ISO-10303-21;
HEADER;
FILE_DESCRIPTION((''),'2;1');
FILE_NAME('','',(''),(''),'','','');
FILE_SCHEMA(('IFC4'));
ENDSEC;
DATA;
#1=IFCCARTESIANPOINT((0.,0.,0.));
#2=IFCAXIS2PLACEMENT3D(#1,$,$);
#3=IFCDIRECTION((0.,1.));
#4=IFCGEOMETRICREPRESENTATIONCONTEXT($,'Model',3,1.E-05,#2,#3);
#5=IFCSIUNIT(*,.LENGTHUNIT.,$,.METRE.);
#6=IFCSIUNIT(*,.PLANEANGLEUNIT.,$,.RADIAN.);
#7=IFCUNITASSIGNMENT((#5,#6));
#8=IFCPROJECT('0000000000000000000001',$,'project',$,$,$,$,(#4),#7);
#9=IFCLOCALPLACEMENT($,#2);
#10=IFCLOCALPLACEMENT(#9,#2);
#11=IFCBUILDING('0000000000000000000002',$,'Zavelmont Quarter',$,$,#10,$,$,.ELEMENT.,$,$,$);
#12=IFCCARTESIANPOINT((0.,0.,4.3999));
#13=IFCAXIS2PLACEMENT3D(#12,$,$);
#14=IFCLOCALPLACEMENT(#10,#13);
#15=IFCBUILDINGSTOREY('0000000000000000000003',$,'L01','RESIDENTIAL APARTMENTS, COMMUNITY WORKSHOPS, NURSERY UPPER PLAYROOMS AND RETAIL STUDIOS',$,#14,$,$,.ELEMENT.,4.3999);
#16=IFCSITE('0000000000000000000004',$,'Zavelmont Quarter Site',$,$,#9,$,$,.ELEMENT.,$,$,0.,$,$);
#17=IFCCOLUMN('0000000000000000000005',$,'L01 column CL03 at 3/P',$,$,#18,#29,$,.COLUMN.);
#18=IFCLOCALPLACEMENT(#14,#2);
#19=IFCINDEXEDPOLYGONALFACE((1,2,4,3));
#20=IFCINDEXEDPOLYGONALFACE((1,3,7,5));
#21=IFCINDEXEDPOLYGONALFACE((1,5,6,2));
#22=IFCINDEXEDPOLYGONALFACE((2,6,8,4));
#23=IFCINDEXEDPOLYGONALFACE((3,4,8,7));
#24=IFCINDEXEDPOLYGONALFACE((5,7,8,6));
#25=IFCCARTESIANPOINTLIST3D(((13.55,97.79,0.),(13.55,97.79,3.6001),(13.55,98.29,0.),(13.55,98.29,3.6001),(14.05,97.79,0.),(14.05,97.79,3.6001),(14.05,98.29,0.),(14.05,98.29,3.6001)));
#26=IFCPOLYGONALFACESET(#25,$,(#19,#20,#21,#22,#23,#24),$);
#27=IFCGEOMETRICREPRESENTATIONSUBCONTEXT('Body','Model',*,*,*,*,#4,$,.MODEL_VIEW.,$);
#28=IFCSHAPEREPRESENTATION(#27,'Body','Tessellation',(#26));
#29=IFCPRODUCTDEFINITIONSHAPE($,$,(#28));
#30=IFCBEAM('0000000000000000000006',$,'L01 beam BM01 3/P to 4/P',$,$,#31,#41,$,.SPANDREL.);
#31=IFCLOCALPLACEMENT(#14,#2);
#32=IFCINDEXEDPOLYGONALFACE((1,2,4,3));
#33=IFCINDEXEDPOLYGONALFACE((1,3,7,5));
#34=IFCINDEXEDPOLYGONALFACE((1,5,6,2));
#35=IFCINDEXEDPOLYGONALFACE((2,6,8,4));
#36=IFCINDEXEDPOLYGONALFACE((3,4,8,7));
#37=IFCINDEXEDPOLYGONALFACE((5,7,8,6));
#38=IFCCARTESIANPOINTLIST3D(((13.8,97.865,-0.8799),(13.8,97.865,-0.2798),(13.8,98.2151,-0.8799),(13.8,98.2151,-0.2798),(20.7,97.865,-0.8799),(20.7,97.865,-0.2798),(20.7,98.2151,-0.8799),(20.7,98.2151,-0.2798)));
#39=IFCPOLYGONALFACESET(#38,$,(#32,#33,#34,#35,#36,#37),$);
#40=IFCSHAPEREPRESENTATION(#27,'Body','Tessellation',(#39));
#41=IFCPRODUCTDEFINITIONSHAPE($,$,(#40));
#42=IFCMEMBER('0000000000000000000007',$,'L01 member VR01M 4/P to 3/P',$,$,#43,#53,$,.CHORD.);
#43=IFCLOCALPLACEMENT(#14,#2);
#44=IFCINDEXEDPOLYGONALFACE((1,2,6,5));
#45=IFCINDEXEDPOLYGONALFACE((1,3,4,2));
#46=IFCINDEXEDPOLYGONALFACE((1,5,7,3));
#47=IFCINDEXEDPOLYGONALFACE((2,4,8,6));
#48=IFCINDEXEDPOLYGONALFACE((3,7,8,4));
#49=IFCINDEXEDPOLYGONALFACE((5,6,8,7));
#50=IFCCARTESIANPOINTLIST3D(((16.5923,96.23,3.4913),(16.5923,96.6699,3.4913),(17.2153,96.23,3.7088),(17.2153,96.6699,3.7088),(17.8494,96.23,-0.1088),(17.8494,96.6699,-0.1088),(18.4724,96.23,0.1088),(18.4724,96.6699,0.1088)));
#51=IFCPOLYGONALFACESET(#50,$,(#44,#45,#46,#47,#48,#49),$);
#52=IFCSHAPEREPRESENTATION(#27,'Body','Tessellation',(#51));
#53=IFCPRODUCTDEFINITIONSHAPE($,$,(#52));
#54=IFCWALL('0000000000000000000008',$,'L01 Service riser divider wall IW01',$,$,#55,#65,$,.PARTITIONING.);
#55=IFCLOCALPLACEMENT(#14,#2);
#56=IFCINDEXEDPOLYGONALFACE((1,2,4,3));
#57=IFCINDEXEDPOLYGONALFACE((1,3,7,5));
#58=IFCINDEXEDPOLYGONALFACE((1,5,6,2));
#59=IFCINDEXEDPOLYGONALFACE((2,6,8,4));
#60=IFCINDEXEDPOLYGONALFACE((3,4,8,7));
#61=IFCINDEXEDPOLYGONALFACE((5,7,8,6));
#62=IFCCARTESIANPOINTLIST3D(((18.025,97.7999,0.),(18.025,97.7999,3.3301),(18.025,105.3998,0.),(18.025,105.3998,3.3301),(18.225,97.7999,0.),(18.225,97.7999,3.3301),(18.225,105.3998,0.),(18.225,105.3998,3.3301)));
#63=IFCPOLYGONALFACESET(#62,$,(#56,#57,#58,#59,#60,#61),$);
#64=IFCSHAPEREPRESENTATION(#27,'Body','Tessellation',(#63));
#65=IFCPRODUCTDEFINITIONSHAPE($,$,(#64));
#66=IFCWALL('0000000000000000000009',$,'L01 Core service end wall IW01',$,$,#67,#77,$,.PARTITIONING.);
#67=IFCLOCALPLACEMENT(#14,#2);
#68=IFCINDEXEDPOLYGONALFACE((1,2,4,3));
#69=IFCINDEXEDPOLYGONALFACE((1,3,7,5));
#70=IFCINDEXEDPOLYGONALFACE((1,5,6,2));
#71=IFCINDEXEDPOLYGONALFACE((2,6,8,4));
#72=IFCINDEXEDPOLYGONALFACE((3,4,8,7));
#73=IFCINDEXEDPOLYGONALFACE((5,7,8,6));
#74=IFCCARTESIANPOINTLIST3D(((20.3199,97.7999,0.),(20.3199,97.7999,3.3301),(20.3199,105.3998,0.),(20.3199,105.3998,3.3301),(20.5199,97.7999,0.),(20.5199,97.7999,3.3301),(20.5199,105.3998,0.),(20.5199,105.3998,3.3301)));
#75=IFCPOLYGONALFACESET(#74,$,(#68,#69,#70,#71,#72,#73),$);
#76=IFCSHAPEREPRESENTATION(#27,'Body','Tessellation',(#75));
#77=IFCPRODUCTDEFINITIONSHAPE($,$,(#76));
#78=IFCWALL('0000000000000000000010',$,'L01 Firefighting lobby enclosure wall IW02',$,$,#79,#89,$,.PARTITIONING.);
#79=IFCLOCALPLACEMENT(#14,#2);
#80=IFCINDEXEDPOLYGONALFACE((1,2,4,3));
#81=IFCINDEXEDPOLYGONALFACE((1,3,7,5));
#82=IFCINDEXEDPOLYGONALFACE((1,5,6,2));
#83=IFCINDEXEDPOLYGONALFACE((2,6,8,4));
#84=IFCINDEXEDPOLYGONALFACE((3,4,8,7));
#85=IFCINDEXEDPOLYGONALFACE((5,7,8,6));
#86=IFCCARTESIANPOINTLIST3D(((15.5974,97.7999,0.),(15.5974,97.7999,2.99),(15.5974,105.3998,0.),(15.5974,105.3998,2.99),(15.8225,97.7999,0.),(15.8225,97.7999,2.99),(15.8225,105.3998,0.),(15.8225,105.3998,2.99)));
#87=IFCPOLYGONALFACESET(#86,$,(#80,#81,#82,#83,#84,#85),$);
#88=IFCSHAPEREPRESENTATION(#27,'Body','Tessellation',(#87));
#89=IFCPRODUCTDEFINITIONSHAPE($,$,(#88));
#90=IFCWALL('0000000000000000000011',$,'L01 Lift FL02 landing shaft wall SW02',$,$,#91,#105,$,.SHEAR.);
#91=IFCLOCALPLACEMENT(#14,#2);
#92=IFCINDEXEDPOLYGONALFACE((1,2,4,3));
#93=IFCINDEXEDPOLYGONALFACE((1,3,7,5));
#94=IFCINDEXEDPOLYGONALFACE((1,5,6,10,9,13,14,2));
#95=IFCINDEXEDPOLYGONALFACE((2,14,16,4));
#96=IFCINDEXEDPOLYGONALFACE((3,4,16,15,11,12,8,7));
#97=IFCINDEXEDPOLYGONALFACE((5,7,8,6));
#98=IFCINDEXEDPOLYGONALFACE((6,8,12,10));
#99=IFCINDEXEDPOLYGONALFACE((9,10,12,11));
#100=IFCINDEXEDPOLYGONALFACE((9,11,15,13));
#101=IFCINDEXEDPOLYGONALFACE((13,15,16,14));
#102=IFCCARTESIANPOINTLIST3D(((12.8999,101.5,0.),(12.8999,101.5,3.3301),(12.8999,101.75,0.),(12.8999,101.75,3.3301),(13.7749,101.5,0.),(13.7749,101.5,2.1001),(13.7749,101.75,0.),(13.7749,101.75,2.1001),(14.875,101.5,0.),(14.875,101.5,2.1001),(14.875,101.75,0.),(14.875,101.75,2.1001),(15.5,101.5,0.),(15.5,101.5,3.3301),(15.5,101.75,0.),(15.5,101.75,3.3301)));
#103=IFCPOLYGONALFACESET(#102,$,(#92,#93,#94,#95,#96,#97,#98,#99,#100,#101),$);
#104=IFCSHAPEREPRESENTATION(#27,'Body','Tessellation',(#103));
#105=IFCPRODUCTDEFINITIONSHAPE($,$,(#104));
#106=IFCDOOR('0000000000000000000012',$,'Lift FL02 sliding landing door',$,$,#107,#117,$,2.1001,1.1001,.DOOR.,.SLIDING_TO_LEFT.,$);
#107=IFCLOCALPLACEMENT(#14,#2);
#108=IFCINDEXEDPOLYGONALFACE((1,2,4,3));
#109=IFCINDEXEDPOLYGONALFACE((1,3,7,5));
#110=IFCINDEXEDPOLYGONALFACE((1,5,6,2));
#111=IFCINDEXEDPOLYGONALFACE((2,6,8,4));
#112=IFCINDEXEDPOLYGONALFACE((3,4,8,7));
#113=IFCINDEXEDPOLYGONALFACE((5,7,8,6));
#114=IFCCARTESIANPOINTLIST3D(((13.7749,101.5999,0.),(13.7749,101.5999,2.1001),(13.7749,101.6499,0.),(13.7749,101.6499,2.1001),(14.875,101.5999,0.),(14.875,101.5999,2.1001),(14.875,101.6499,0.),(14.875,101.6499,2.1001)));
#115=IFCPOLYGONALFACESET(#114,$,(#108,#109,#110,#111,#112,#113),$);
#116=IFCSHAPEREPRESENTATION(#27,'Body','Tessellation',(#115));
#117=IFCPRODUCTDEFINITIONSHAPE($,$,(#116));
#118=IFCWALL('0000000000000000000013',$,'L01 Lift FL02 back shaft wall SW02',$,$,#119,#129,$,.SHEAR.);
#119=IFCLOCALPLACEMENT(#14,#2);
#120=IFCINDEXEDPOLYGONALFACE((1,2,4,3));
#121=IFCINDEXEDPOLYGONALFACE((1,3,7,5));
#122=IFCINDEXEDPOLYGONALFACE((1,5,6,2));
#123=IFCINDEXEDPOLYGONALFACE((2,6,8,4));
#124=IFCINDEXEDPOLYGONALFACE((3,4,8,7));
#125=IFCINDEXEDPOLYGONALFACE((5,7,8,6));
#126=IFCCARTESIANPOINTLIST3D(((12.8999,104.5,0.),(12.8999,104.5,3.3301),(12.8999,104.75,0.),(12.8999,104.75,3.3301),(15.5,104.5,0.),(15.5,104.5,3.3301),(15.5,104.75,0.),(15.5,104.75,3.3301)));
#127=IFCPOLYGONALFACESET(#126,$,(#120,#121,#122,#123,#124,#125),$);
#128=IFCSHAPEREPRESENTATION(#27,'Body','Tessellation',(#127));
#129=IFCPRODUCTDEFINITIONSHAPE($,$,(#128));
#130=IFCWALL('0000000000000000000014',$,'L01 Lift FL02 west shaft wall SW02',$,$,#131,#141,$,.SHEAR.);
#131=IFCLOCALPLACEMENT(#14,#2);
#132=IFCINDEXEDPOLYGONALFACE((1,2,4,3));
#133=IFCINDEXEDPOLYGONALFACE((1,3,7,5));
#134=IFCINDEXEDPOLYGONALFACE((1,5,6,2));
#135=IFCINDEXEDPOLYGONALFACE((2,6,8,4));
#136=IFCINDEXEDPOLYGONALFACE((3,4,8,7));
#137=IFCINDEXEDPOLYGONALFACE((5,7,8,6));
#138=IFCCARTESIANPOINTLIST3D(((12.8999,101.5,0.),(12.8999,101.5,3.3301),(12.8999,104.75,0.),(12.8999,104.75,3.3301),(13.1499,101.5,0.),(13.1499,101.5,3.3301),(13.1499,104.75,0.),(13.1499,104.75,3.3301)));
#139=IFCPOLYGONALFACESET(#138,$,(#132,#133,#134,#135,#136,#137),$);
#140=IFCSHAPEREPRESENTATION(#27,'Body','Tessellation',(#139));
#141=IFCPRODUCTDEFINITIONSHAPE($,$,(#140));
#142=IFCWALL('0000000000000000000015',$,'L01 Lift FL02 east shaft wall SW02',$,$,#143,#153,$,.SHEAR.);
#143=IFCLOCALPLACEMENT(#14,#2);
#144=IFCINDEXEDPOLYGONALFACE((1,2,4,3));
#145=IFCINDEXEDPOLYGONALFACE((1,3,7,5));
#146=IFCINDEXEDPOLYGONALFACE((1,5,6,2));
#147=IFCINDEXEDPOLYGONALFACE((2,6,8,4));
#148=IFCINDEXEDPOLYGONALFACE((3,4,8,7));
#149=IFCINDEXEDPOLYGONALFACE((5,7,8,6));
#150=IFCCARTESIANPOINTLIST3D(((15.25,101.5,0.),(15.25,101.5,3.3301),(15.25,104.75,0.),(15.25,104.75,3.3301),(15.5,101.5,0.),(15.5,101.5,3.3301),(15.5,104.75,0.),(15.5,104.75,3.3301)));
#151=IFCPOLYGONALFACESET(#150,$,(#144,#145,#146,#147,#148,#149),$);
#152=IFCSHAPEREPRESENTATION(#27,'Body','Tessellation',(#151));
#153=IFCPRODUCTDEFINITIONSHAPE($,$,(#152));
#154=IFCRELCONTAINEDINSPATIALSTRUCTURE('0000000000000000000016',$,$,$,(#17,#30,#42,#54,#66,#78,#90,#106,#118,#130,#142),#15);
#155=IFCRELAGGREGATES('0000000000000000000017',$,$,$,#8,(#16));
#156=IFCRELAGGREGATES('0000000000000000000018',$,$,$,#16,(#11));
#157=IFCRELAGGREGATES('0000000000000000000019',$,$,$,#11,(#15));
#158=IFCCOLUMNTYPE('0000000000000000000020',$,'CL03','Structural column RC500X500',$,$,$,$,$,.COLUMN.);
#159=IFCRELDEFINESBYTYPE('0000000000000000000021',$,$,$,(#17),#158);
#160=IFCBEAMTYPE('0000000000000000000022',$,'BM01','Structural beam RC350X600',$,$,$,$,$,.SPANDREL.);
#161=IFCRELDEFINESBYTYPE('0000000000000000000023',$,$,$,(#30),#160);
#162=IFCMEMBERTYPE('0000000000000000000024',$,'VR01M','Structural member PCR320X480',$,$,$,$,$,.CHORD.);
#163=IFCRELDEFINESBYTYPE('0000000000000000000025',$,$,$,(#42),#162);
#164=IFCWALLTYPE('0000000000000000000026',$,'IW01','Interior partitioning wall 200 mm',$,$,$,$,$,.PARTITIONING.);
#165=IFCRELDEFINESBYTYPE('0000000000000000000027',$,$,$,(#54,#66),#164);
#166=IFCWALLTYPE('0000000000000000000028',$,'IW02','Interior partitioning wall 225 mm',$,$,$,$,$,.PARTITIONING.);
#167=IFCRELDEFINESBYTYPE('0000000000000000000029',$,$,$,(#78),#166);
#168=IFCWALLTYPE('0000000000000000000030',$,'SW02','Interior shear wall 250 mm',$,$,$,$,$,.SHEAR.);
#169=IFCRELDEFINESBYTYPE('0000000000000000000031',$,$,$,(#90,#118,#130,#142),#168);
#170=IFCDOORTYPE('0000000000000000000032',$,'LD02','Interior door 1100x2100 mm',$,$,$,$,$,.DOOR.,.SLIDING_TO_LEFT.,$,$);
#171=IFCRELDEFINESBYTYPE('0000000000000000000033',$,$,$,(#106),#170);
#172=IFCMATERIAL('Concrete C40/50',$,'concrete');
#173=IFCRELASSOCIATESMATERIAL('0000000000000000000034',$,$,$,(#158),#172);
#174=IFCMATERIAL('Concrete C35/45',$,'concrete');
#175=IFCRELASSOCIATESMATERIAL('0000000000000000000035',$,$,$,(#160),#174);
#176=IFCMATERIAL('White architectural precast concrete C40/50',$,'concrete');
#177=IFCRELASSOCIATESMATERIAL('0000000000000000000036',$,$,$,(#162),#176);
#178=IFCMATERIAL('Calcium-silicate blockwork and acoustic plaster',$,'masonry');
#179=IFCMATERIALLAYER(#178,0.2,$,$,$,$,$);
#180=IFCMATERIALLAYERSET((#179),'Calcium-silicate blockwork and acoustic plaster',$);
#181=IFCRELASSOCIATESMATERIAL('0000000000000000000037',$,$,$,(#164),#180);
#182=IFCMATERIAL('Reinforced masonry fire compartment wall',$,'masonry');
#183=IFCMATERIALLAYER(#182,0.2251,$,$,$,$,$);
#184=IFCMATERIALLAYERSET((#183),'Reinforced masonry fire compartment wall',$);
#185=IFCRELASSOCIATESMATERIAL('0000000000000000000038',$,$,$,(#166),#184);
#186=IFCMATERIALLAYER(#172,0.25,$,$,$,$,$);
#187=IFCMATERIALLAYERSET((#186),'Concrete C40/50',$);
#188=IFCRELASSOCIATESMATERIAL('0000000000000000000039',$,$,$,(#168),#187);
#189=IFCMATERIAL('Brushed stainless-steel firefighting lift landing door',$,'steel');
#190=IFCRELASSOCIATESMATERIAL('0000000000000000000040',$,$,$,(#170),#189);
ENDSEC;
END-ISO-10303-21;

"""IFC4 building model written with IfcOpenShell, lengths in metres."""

from ifc_helpers import new_model, si_unit, direction, frame, frame_2d, origin, origin_with_axes, origin_2d, place, context, subcontext, project, spatial, rectangle, extrude, material, layer, layer_set, material_profile, profile_set, type_object, element, fill, save


model = new_model("IFC4")

# Units and contexts
model_context = context("Model", 3, precision=1e-05, world=origin(), true_north=direction((0.0, 1.0)))
body_context = subcontext(model_context, "Body", "Model", "MODEL_VIEW")
ifc_project = project(units=[si_unit("LENGTHUNIT", "METRE"), si_unit("PLANEANGLEUNIT", "RADIAN")], contexts=[model_context])

# Site, building, storey
site_placement = place(None, origin())
site = spatial("IfcSite", under=ifc_project, at=site_placement, Name="Zavelmont Quarter Site", CompositionType="ELEMENT", RefElevation=0.0)
building_placement = place(site_placement, origin())
building = spatial("IfcBuilding", under=site, at=building_placement, Name="Zavelmont Quarter", CompositionType="ELEMENT")
storey_placement = place(building_placement, frame((0.0, 0.0, 4.3999)))
storey = spatial("IfcBuildingStorey", under=building, at=storey_placement, Name="L01", Description="RESIDENTIAL APARTMENTS, COMMUNITY WORKSHOPS, NURSERY UPPER PLAYROOMS AND RETAIL STUDIOS", CompositionType="ELEMENT", Elevation=4.3999)

# Column
ifc_material_1 = material(Name="Concrete C40/50", Category="concrete")
ifc_material_profile_1 = material_profile(ifc_material_1, rectangle(XDim=0.5, YDim=0.5, at=origin_2d()), Name="RC500X500")
ifc_profile_set_1 = profile_set([ifc_material_profile_1], Name="Concrete C40/50")
column_type = type_object("IfcColumnType", Name="CL03", Description="Structural column RC500X500", PredefinedType="COLUMN", material=ifc_profile_set_1)
column_placement = place(storey_placement, frame((13.8, 98.04, 0.0), z_axis=(0.0, 0.0, 1.0), x_axis=(1.0, 0.0, 0.0)))
element("IfcColumn", 1, at=column_placement, inside=storey, type_object=column_type, Name="L01 column CL03 at 3/P", PredefinedType="COLUMN", context=body_context, shape_type="SweptSolid", body=[
    extrude(rectangle(XDim=0.5, YDim=0.5, at=origin_2d()), origin(), (0.0, 0.0, 1.0), 3.6001),
])

# Beam
ifc_material_2 = material(Name="Concrete C35/45", Category="concrete")
ifc_material_profile_2 = material_profile(ifc_material_2, rectangle(XDim=0.3501, YDim=0.6001, at=origin_2d()), Name="RC350X600")
ifc_profile_set_2 = profile_set([ifc_material_profile_2], Name="Concrete C35/45")
beam_type = type_object("IfcBeamType", Name="BM01", Description="Structural beam RC350X600", PredefinedType="SPANDREL", material=ifc_profile_set_2)
beam_placement = place(storey_placement, frame((13.8, 98.04, -0.5798), z_axis=(1.0, 0.0, 0.0), x_axis=(0.0, 1.0, 0.0)))
element("IfcBeam", 2, at=beam_placement, inside=storey, type_object=beam_type, Name="L01 beam BM01 3/P to 4/P", PredefinedType="SPANDREL", context=body_context, shape_type="SweptSolid", body=[
    extrude(rectangle(XDim=0.3501, YDim=0.6001, at=origin_2d()), origin(), (0.0, 0.0, 1.0), 6.8999),
])

# Member
ifc_material_3 = material(Name="White architectural precast concrete C40/50", Category="concrete")
ifc_material_profile_3 = material_profile(ifc_material_3, rectangle(XDim=0.4399, YDim=0.6599, at=origin_2d()), Name="PCR320X480")
ifc_profile_set_3 = profile_set([ifc_material_profile_3], Name="White architectural precast concrete C40/50")
member_type = type_object("IfcMemberType", Name="VR01M", Description="Structural member PCR320X480", PredefinedType="CHORD", material=ifc_profile_set_3)
member_placement = place(storey_placement, frame((18.1609, 96.45, 0.0), z_axis=(-0.32966, 0.0, 0.9441), x_axis=(0.0, -1.0, 0.0)))
element("IfcMember", 3, at=member_placement, inside=storey, type_object=member_type, Name="L01 member VR01M 4/P to 3/P", PredefinedType="CHORD", context=body_context, shape_type="SweptSolid", body=[
    extrude(rectangle(XDim=0.4399, YDim=0.6599, at=origin_2d()), origin(), (0.0, 0.0, 1.0), 3.8132),
])

# Walls
ifc_material_4 = material(Name="Calcium-silicate blockwork and acoustic plaster", Category="masonry")
ifc_layer_1 = layer(ifc_material_4, 0.2)
ifc_layer_set_1 = layer_set([ifc_layer_1], Name="Calcium-silicate blockwork and acoustic plaster")
wall_type_1 = type_object("IfcWallType", Name="IW01", Description="Interior partitioning wall 200 mm", PredefinedType="PARTITIONING", material=ifc_layer_set_1)
for number, where, z_axis, x_axis, name in (
    (4, (18.125, 97.8, 0.0), (0.0, 0.0, 1.0), (0.0, 1.0, 0.0), "L01 Service riser divider wall IW01"),
    (5, (20.4199, 97.8, 0.0), (0.0, 0.0, 1.0), (0.0, 1.0, 0.0), "L01 Core service end wall IW01"),
):
    element("IfcWall", number, at=place(storey_placement, frame(where, z_axis=z_axis, x_axis=x_axis)), inside=storey, type_object=wall_type_1, Name=name, PredefinedType="PARTITIONING", context=body_context, shape_type="SweptSolid", body=[
        extrude(rectangle(XDim=7.5999, YDim=0.2, at=frame_2d((3.7998, 0.0))), origin(), (0.0, 0.0, 1.0), 3.3301),
    ])
ifc_material_5 = material(Name="Reinforced masonry fire compartment wall", Category="masonry")
ifc_layer_2 = layer(ifc_material_5, 0.2251)
ifc_layer_set_2 = layer_set([ifc_layer_2], Name="Reinforced masonry fire compartment wall")
wall_type_2 = type_object("IfcWallType", Name="IW02", Description="Interior partitioning wall 225 mm", PredefinedType="PARTITIONING", material=ifc_layer_set_2)
wall_1_placement = place(storey_placement, frame((15.71, 97.8, 0.0), z_axis=(0.0, 0.0, 1.0), x_axis=(0.0, 1.0, 0.0)))
element("IfcWall", 6, at=wall_1_placement, inside=storey, type_object=wall_type_2, Name="L01 Firefighting lobby enclosure wall IW02", PredefinedType="PARTITIONING", context=body_context, shape_type="SweptSolid", body=[
    extrude(rectangle(XDim=7.5999, YDim=0.2251, at=frame_2d((3.7998, 0.0))), origin(), (0.0, 0.0, 1.0), 2.99),
])

# Wall, opening, door
ifc_layer_3 = layer(ifc_material_1, 0.25)
ifc_layer_set_3 = layer_set([ifc_layer_3], Name="Concrete C40/50")
wall_type_3 = type_object("IfcWallType", Name="SW02", Description="Interior shear wall 250 mm", PredefinedType="SHEAR", material=ifc_layer_set_3)
wall_2_placement = place(storey_placement, frame((12.8999, 101.625, 0.0), z_axis=(0.0, 0.0, 1.0), x_axis=(1.0, 0.0, 0.0)))
wall_2 = element("IfcWall", 7, at=wall_2_placement, inside=storey, type_object=wall_type_3, Name="L01 Lift FL02 landing shaft wall SW02", PredefinedType="SHEAR", context=body_context, shape_type="SweptSolid", body=[
    extrude(rectangle(XDim=2.6001, YDim=0.25, at=frame_2d((1.3, 0.0))), origin(), (0.0, 0.0, 1.0), 3.3301),
])
opening_1_placement = place(wall_2_placement, frame((0.875, 0.0, 0.0)))
opening_1 = element("IfcOpeningElement", 8, at=opening_1_placement, cuts=wall_2, PredefinedType="OPENING", context=body_context, shape_type="SweptSolid", body=[
    extrude(rectangle(XDim=1.1001, YDim=2.1001, at=frame_2d((0.55, 1.05))), frame((0.0, 0.137, 0.0), z_axis=(0.0, -1.0, 0.0), x_axis=(1.0, 0.0, 0.0)), (0.0, 0.0, 1.0), 0.2739),
])
ifc_material_6 = material(Name="Brushed stainless-steel firefighting lift landing door", Category="steel")
door_type_1 = type_object("IfcDoorType", Name="LD02", Description="Interior door 1100x2100 mm", OperationType="SLIDING_TO_LEFT", PredefinedType="DOOR", material=ifc_material_6)
door_1_placement = place(opening_1_placement, origin_with_axes())
door_1 = element("IfcDoor", 9, at=door_1_placement, inside=storey, type_object=door_type_1, Name="Lift FL02 sliding landing door", OperationType="SLIDING_TO_LEFT", OverallHeight=2.1001, OverallWidth=1.1001, PredefinedType="DOOR", context=body_context, shape_type="SweptSolid", body=[
    extrude(rectangle(XDim=1.1001, YDim=2.1001, at=frame_2d((0.55, 1.05))), frame((0.0, 0.0249, 0.0), z_axis=(0.0, -1.0, 0.0), x_axis=(1.0, 0.0, 0.0)), (0.0, 0.0, 1.0), 0.05),
])
fill(opening_1, door_1)

# Walls
wall_3_placement = place(storey_placement, frame((12.8999, 104.625, 0.0), z_axis=(0.0, 0.0, 1.0), x_axis=(1.0, 0.0, 0.0)))
element("IfcWall", 10, at=wall_3_placement, inside=storey, type_object=wall_type_3, Name="L01 Lift FL02 back shaft wall SW02", PredefinedType="SHEAR", context=body_context, shape_type="SweptSolid", body=[
    extrude(rectangle(XDim=2.6001, YDim=0.25, at=frame_2d((1.3, 0.0))), origin(), (0.0, 0.0, 1.0), 3.3301),
])
for number, where, z_axis, x_axis, name in (
    (11, (13.0249, 101.5, 0.0), (0.0, 0.0, 1.0), (0.0, 1.0, 0.0), "L01 Lift FL02 west shaft wall SW02"),
    (12, (15.375, 101.5, 0.0), (0.0, 0.0, 1.0), (0.0, 1.0, 0.0), "L01 Lift FL02 east shaft wall SW02"),
):
    element("IfcWall", number, at=place(storey_placement, frame(where, z_axis=z_axis, x_axis=x_axis)), inside=storey, type_object=wall_type_3, Name=name, PredefinedType="SHEAR", context=body_context, shape_type="SweptSolid", body=[
        extrude(rectangle(XDim=3.25, YDim=0.25, at=frame_2d((1.625, 0.0))), origin(), (0.0, 0.0, 1.0), 3.3301),
    ])

save(model, "model.ifc")
